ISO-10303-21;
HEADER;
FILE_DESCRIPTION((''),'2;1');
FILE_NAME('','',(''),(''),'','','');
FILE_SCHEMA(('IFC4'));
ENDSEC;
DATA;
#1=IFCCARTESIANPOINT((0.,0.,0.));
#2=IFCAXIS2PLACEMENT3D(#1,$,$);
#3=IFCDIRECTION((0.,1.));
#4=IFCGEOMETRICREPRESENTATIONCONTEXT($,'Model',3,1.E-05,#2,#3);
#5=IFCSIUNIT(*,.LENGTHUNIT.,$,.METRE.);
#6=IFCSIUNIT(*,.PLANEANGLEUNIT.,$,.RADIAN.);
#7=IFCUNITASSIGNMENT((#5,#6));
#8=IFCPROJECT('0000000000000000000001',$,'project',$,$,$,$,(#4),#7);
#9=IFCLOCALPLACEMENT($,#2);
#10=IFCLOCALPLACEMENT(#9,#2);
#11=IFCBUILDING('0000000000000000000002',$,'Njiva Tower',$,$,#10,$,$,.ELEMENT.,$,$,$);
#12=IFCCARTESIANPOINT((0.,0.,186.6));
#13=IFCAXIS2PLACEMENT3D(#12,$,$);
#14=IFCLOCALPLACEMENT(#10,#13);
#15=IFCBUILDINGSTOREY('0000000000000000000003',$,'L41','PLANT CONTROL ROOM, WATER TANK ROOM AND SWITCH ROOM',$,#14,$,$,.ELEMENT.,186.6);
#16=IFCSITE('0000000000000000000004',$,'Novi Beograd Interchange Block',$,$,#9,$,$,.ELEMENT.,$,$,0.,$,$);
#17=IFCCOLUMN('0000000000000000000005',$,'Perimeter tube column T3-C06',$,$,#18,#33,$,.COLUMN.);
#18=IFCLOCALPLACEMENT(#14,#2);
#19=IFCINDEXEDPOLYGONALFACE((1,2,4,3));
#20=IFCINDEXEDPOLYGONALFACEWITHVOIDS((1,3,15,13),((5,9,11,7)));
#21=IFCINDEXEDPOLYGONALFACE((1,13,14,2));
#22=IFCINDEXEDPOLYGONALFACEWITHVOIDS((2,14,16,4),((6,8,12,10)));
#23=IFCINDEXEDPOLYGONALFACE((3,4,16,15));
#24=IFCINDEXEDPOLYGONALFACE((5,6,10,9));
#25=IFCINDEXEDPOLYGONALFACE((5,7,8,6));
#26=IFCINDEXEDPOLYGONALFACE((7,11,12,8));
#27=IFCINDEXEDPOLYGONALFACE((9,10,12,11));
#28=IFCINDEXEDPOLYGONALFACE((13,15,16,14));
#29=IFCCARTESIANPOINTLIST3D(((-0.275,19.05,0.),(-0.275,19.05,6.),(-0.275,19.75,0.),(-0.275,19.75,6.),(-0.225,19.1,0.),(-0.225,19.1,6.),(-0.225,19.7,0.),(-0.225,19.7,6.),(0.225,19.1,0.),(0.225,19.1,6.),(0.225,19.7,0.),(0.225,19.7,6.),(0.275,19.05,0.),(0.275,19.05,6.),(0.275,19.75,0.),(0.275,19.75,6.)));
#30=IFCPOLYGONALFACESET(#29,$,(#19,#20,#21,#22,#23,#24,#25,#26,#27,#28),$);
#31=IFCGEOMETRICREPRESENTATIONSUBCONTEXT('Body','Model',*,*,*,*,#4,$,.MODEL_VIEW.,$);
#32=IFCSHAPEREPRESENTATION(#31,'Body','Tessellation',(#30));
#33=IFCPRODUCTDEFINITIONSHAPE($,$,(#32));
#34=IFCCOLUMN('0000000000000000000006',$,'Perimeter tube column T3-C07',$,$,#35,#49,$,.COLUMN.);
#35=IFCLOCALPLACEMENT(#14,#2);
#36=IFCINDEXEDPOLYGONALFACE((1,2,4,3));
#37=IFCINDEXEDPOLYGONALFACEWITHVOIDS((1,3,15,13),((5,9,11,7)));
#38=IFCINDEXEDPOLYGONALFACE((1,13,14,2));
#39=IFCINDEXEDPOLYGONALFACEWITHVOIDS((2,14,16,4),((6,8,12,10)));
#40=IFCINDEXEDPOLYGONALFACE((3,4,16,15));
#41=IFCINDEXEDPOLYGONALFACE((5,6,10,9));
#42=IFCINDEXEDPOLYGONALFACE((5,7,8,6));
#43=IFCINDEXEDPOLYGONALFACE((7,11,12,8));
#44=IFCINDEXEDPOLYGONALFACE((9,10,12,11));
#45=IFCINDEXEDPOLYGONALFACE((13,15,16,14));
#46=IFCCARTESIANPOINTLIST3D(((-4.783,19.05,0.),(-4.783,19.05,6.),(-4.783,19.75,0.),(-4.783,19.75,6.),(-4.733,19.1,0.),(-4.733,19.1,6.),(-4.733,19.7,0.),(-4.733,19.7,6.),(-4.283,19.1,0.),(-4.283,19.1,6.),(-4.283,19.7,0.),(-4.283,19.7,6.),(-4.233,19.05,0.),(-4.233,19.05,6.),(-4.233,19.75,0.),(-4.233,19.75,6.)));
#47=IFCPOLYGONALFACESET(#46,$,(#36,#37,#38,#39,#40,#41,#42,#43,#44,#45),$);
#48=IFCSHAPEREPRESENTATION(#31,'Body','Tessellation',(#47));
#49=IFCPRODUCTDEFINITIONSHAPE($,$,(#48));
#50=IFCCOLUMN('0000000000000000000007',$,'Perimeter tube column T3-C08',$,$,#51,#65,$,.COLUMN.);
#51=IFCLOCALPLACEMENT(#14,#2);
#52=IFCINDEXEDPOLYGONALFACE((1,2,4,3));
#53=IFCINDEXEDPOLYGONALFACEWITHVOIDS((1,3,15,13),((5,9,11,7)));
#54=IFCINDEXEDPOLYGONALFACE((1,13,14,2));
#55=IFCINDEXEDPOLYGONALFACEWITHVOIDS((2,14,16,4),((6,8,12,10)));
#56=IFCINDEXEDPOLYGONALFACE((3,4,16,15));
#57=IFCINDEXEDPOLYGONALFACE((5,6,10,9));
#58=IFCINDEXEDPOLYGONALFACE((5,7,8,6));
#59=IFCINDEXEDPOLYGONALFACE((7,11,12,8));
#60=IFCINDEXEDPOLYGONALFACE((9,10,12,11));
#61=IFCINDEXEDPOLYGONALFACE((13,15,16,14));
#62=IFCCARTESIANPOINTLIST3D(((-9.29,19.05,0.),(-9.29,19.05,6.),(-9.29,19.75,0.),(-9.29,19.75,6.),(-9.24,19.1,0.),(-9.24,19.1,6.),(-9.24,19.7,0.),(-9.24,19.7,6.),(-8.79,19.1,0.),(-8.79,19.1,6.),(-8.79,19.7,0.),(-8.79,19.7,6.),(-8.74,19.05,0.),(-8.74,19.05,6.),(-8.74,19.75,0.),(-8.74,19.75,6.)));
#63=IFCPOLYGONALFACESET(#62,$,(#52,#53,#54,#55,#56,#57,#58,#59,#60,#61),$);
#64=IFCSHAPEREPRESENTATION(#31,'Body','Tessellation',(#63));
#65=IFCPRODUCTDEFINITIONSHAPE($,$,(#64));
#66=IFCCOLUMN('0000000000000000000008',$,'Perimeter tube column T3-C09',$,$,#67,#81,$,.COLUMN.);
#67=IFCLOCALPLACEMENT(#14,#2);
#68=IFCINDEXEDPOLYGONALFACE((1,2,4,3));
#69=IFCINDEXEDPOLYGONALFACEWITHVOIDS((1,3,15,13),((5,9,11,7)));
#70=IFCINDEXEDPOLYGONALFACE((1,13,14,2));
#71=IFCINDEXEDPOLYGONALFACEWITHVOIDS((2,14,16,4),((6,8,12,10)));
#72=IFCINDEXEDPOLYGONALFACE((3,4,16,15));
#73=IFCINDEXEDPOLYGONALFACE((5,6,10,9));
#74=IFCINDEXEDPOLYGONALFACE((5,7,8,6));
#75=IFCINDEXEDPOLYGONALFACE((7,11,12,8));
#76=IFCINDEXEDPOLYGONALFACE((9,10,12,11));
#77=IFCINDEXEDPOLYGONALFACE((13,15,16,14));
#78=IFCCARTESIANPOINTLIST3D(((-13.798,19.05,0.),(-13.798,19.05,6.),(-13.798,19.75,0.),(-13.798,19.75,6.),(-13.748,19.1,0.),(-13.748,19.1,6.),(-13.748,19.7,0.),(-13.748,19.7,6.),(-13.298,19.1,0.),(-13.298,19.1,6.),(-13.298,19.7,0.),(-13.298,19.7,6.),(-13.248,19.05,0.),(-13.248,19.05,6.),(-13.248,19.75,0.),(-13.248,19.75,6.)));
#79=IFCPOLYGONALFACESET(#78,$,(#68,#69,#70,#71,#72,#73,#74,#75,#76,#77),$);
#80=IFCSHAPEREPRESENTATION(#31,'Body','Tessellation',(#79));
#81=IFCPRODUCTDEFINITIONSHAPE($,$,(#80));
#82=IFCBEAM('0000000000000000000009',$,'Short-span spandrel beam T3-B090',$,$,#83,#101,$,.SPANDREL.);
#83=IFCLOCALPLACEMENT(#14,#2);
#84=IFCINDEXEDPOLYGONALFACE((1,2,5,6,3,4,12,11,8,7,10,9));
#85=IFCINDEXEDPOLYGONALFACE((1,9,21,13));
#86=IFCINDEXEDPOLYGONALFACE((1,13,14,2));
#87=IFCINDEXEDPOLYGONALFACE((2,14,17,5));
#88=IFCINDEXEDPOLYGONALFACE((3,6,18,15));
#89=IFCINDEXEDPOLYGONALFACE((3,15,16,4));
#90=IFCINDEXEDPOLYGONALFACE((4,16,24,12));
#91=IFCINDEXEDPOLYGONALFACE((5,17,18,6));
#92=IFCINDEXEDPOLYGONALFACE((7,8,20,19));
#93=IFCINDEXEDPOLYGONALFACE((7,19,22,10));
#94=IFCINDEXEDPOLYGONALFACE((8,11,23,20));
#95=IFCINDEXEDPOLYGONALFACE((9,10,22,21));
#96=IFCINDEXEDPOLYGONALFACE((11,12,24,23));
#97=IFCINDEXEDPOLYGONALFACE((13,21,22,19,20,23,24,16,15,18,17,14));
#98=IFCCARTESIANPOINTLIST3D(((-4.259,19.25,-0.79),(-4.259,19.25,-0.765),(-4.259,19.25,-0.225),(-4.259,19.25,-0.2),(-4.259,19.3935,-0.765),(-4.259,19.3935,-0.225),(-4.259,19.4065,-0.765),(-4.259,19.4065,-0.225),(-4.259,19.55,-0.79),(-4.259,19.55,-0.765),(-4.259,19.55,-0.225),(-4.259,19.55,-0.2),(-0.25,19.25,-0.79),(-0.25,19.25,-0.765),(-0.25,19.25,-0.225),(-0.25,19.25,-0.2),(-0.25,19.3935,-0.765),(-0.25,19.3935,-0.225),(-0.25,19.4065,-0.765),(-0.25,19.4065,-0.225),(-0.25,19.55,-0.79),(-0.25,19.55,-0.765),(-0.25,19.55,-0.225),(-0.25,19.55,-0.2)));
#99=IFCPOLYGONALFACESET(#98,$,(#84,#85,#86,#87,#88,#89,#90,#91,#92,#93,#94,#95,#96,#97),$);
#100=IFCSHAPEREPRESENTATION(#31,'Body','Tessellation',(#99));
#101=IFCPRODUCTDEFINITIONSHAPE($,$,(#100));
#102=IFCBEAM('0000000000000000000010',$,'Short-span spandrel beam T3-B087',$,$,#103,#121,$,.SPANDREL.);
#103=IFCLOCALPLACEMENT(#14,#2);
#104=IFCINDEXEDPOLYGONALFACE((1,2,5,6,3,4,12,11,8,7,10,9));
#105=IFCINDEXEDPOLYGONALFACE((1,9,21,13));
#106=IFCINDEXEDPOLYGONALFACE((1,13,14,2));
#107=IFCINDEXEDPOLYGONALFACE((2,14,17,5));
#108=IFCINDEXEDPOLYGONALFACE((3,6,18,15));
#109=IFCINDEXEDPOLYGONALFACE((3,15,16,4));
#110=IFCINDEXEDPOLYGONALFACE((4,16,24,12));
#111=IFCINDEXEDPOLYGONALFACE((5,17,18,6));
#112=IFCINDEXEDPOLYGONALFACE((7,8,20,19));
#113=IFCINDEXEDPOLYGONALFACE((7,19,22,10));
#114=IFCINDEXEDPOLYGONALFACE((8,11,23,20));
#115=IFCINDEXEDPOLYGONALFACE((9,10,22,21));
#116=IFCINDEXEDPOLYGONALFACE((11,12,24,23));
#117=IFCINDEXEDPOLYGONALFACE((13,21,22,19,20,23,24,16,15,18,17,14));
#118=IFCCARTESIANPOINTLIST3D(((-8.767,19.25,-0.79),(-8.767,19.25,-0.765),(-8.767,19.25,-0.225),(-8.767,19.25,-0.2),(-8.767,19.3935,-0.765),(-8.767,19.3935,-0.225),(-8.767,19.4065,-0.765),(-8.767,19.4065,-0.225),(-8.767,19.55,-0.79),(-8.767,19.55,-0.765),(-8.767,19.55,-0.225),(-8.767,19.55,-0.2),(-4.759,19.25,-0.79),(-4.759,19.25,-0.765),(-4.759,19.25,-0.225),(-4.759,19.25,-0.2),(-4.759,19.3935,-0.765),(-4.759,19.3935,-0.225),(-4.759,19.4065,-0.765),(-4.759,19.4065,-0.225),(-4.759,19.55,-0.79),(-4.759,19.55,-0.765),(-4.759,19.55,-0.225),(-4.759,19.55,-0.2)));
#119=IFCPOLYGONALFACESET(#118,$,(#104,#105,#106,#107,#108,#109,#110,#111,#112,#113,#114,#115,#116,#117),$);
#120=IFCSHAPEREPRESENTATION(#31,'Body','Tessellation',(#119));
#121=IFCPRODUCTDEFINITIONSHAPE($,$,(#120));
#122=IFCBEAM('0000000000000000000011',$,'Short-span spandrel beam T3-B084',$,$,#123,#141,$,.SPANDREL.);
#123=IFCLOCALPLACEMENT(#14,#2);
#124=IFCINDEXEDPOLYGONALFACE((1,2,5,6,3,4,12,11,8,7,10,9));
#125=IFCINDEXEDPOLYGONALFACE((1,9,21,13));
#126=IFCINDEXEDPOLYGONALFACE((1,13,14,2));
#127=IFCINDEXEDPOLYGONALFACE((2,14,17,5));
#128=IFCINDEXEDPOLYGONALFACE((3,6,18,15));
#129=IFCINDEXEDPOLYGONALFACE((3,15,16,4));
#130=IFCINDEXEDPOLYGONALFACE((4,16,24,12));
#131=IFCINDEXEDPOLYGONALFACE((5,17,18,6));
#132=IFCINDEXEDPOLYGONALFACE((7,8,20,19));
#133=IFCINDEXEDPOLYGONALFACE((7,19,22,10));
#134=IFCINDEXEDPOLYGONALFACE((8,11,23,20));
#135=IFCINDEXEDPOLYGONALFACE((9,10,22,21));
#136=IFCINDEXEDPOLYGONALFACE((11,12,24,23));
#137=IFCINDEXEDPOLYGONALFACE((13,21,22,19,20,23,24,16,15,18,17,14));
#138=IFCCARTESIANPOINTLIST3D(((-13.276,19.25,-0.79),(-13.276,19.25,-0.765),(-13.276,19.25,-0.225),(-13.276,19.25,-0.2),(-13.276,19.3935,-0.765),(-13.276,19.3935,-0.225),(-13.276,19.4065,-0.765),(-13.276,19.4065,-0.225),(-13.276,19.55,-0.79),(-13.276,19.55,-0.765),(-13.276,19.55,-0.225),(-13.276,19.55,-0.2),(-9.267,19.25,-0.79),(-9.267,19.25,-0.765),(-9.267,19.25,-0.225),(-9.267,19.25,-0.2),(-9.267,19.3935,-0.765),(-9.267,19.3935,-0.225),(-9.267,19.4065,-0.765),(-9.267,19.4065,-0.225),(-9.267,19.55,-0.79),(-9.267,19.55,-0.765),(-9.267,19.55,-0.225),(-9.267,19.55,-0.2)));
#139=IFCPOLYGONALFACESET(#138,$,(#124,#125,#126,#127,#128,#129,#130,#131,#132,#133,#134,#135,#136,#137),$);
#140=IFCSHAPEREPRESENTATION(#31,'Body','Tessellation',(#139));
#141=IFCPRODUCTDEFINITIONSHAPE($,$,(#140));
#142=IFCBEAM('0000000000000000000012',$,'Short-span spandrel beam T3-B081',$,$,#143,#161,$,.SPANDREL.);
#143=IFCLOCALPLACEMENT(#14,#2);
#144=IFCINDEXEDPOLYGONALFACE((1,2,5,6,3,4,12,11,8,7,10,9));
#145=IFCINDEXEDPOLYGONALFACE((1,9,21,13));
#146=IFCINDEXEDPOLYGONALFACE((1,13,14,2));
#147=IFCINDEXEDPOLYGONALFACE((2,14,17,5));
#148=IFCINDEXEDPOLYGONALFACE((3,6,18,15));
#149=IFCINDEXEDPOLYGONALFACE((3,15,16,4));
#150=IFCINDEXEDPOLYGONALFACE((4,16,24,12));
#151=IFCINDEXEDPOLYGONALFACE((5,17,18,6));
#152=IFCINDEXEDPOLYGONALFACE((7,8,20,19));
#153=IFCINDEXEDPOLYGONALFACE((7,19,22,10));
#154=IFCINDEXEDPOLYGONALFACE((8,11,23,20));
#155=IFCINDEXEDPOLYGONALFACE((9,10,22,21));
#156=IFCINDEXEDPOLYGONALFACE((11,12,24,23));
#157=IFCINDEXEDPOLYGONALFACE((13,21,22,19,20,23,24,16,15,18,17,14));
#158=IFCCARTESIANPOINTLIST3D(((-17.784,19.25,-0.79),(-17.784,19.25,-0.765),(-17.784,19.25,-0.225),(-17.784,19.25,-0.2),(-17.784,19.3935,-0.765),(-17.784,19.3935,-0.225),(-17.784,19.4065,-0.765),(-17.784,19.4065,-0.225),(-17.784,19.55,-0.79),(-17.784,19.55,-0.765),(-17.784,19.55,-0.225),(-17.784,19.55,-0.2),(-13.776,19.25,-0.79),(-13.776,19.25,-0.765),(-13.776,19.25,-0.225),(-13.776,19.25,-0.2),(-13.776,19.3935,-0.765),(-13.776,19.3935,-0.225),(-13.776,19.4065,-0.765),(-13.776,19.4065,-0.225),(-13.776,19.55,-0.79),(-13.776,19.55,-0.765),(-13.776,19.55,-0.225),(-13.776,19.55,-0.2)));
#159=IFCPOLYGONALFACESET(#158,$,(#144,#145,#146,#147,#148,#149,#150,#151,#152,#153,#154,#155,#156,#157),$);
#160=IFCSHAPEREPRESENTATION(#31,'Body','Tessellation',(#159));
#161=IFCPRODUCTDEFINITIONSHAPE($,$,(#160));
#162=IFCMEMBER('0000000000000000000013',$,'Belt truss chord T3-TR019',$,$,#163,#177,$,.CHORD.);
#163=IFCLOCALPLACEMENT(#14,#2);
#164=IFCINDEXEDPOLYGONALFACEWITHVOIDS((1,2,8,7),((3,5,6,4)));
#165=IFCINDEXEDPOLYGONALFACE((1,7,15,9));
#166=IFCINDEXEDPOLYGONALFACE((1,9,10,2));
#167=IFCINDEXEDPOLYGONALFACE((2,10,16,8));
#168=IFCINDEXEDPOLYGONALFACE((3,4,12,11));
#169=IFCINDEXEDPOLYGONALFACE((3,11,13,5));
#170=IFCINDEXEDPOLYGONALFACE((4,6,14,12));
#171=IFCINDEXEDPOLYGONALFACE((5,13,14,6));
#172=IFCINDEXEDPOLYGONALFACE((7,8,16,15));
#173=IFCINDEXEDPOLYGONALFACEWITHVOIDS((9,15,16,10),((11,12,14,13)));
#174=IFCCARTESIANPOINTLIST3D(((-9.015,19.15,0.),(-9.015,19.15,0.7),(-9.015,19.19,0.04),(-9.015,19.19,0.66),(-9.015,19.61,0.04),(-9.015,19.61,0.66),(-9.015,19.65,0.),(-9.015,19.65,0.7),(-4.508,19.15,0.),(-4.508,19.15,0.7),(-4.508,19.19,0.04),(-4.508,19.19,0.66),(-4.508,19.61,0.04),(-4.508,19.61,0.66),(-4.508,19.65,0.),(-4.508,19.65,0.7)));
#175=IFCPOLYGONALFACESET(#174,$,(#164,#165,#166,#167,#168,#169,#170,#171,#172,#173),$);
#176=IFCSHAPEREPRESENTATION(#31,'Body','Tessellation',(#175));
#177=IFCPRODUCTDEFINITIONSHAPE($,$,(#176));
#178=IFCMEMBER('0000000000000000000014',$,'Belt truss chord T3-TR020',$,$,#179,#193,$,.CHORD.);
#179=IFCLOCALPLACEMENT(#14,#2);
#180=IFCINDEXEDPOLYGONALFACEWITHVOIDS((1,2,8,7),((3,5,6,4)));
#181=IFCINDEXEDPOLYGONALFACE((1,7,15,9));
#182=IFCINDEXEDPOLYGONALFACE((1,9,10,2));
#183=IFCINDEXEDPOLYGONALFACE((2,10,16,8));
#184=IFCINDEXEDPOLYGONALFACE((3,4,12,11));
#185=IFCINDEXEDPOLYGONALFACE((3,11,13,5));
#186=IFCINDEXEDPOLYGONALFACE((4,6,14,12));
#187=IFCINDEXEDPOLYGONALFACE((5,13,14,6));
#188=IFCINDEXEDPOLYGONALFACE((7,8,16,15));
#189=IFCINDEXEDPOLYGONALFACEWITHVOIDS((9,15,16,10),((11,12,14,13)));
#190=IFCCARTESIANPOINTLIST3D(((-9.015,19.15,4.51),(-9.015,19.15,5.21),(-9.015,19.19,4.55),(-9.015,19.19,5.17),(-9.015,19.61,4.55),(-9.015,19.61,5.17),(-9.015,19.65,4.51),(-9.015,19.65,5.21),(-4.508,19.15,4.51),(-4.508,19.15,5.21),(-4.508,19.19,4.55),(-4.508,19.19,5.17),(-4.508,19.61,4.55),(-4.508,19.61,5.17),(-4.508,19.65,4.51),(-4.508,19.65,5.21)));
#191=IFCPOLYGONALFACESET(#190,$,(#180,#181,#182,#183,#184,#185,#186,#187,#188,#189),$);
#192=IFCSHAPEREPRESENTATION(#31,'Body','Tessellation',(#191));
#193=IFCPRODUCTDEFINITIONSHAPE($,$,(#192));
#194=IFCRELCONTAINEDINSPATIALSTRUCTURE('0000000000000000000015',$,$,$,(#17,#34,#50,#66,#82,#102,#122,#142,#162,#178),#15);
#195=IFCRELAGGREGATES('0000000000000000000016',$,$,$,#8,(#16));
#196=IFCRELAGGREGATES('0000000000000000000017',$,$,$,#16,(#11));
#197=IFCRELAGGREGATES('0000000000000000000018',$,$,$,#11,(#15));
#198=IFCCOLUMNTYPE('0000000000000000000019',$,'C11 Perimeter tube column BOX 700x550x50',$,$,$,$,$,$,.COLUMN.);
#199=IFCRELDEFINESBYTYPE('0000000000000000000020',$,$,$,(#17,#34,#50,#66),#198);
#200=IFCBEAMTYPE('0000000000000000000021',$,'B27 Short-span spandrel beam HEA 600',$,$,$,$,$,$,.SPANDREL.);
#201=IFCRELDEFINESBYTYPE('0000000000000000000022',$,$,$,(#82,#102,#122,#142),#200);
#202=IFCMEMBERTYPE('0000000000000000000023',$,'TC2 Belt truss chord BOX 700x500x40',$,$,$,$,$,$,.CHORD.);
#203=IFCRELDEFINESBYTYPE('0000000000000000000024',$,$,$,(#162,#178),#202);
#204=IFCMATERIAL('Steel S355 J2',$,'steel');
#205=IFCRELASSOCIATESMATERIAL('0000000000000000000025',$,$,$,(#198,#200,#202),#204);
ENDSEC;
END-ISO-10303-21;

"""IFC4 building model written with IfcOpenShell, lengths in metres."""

from ifc_helpers import new_model, si_unit, direction, frame, origin, origin_2d, place, context, subcontext, project, spatial, hollow_rectangle, i_section, extrude, material, material_profile, profile_set, type_object, element, save


model = new_model("IFC4")

# Units and contexts
model_context = context("Model", 3, precision=1e-05, world=origin(), true_north=direction((0.0, 1.0)))
body_context = subcontext(model_context, "Body", "Model", "MODEL_VIEW")
ifc_project = project(units=[si_unit("LENGTHUNIT", "METRE"), si_unit("PLANEANGLEUNIT", "RADIAN")], contexts=[model_context])

# Site, building, storey
site_placement = place(None, origin())
site = spatial("IfcSite", under=ifc_project, at=site_placement, Name="Novi Beograd Interchange Block", CompositionType="ELEMENT", RefElevation=0.0)
building_placement = place(site_placement, origin())
building = spatial("IfcBuilding", under=site, at=building_placement, Name="Njiva Tower", CompositionType="ELEMENT")
storey_placement = place(building_placement, frame((0.0, 0.0, 186.6)))
storey = spatial("IfcBuildingStorey", under=building, at=storey_placement, Name="L41", Description="PLANT CONTROL ROOM, WATER TANK ROOM AND SWITCH ROOM", CompositionType="ELEMENT", Elevation=186.6)

# Columns
ifc_material_1 = material(Name="Steel S355 J2", Category="steel")
ifc_material_profile_1 = material_profile(ifc_material_1, hollow_rectangle(XDim=0.55, YDim=0.7, WallThickness=0.05, at=origin_2d()), Name="BOX 700x550x50")
ifc_profile_set_1 = profile_set([ifc_material_profile_1], Name="Steel S355 J2")
column_type = type_object("IfcColumnType", Name="C11 Perimeter tube column BOX 700x550x50", PredefinedType="COLUMN", material=ifc_profile_set_1)
for number, where, z_axis, x_axis, name in (
    (1, (0.0, 19.4, 0.0), (0.0, 0.0, 1.0), (-1.0, 0.0, 0.0), "Perimeter tube column T3-C06"),
    (2, (-4.508, 19.4, 0.0), (0.0, 0.0, 1.0), (-1.0, 0.0, 0.0), "Perimeter tube column T3-C07"),
    (3, (-9.015, 19.4, 0.0), (0.0, 0.0, 1.0), (-1.0, 0.0, 0.0), "Perimeter tube column T3-C08"),
    (4, (-13.523, 19.4, 0.0), (0.0, 0.0, 1.0), (-1.0, 0.0, 0.0), "Perimeter tube column T3-C09"),
):
    element("IfcColumn", number, at=place(storey_placement, frame(where, z_axis=z_axis, x_axis=x_axis)), inside=storey, type_object=column_type, Name=name, PredefinedType="COLUMN", context=body_context, shape_type="SweptSolid", body=[
        extrude(hollow_rectangle(XDim=0.55, YDim=0.7, WallThickness=0.05, at=origin_2d()), origin(), (0.0, 0.0, 1.0), 6.0),
    ])

# Beams
ifc_material_profile_2 = material_profile(ifc_material_1, i_section(OverallWidth=0.3, OverallDepth=0.59, WebThickness=0.013, FlangeThickness=0.025, at=origin_2d()), Name="HEA 600")
ifc_profile_set_2 = profile_set([ifc_material_profile_2], Name="Steel S355 J2")
beam_type = type_object("IfcBeamType", Name="B27 Short-span spandrel beam HEA 600", PredefinedType="SPANDREL", material=ifc_profile_set_2)
beam_1_placement = place(storey_placement, frame((-0.25, 19.4, -0.495), z_axis=(-1.0, 0.0, 0.0), x_axis=(0.0, -1.0, 0.0)))
element("IfcBeam", 5, at=beam_1_placement, inside=storey, type_object=beam_type, Name="Short-span spandrel beam T3-B090", PredefinedType="SPANDREL", context=body_context, shape_type="SweptSolid", body=[
    extrude(i_section(OverallWidth=0.3, OverallDepth=0.59, WebThickness=0.013, FlangeThickness=0.025, at=origin_2d()), origin(), (0.0, 0.0, 1.0), 4.009),
])
beam_2_placement = place(storey_placement, frame((-4.759, 19.4, -0.495), z_axis=(-1.0, 0.0, 0.0), x_axis=(0.0, -1.0, 0.0)))
element("IfcBeam", 6, at=beam_2_placement, inside=storey, type_object=beam_type, Name="Short-span spandrel beam T3-B087", PredefinedType="SPANDREL", context=body_context, shape_type="SweptSolid", body=[
    extrude(i_section(OverallWidth=0.3, OverallDepth=0.59, WebThickness=0.013, FlangeThickness=0.025, at=origin_2d()), origin(), (0.0, 0.0, 1.0), 4.008),
])
beam_3_placement = place(storey_placement, frame((-9.267, 19.4, -0.495), z_axis=(-1.0, 0.0, 0.0), x_axis=(0.0, -1.0, 0.0)))
element("IfcBeam", 7, at=beam_3_placement, inside=storey, type_object=beam_type, Name="Short-span spandrel beam T3-B084", PredefinedType="SPANDREL", context=body_context, shape_type="SweptSolid", body=[
    extrude(i_section(OverallWidth=0.3, OverallDepth=0.59, WebThickness=0.013, FlangeThickness=0.025, at=origin_2d()), origin(), (0.0, 0.0, 1.0), 4.009),
])
beam_4_placement = place(storey_placement, frame((-13.776, 19.4, -0.495), z_axis=(-1.0, 0.0, 0.0), x_axis=(0.0, -1.0, 0.0)))
element("IfcBeam", 8, at=beam_4_placement, inside=storey, type_object=beam_type, Name="Short-span spandrel beam T3-B081", PredefinedType="SPANDREL", context=body_context, shape_type="SweptSolid", body=[
    extrude(i_section(OverallWidth=0.3, OverallDepth=0.59, WebThickness=0.013, FlangeThickness=0.025, at=origin_2d()), origin(), (0.0, 0.0, 1.0), 4.008),
])

# Members
ifc_material_profile_3 = material_profile(ifc_material_1, hollow_rectangle(XDim=0.5, YDim=0.7, WallThickness=0.04, at=origin_2d()), Name="BOX 700x500x40")
ifc_profile_set_3 = profile_set([ifc_material_profile_3], Name="Steel S355 J2")
member_type_1 = type_object("IfcMemberType", Name="TC2 Belt truss chord BOX 700x500x40", PredefinedType="CHORD", material=ifc_profile_set_3)
for number, where, z_axis, x_axis, name in (
    (9, (-4.508, 19.4, 0.35), (-1.0, 0.0, 0.0), (0.0, -1.0, 0.0), "Belt truss chord T3-TR019"),
    (10, (-4.508, 19.4, 4.86), (-1.0, 0.0, 0.0), (0.0, -1.0, 0.0), "Belt truss chord T3-TR020"),
):
    element("IfcMember", number, at=place(storey_placement, frame(where, z_axis=z_axis, x_axis=x_axis)), inside=storey, type_object=member_type_1, Name=name, PredefinedType="CHORD", context=body_context, shape_type="SweptSolid", body=[
        extrude(hollow_rectangle(XDim=0.5, YDim=0.7, WallThickness=0.04, at=origin_2d()), origin(), (0.0, 0.0, 1.0), 4.507),
    ])

save(model, "model.ifc")
